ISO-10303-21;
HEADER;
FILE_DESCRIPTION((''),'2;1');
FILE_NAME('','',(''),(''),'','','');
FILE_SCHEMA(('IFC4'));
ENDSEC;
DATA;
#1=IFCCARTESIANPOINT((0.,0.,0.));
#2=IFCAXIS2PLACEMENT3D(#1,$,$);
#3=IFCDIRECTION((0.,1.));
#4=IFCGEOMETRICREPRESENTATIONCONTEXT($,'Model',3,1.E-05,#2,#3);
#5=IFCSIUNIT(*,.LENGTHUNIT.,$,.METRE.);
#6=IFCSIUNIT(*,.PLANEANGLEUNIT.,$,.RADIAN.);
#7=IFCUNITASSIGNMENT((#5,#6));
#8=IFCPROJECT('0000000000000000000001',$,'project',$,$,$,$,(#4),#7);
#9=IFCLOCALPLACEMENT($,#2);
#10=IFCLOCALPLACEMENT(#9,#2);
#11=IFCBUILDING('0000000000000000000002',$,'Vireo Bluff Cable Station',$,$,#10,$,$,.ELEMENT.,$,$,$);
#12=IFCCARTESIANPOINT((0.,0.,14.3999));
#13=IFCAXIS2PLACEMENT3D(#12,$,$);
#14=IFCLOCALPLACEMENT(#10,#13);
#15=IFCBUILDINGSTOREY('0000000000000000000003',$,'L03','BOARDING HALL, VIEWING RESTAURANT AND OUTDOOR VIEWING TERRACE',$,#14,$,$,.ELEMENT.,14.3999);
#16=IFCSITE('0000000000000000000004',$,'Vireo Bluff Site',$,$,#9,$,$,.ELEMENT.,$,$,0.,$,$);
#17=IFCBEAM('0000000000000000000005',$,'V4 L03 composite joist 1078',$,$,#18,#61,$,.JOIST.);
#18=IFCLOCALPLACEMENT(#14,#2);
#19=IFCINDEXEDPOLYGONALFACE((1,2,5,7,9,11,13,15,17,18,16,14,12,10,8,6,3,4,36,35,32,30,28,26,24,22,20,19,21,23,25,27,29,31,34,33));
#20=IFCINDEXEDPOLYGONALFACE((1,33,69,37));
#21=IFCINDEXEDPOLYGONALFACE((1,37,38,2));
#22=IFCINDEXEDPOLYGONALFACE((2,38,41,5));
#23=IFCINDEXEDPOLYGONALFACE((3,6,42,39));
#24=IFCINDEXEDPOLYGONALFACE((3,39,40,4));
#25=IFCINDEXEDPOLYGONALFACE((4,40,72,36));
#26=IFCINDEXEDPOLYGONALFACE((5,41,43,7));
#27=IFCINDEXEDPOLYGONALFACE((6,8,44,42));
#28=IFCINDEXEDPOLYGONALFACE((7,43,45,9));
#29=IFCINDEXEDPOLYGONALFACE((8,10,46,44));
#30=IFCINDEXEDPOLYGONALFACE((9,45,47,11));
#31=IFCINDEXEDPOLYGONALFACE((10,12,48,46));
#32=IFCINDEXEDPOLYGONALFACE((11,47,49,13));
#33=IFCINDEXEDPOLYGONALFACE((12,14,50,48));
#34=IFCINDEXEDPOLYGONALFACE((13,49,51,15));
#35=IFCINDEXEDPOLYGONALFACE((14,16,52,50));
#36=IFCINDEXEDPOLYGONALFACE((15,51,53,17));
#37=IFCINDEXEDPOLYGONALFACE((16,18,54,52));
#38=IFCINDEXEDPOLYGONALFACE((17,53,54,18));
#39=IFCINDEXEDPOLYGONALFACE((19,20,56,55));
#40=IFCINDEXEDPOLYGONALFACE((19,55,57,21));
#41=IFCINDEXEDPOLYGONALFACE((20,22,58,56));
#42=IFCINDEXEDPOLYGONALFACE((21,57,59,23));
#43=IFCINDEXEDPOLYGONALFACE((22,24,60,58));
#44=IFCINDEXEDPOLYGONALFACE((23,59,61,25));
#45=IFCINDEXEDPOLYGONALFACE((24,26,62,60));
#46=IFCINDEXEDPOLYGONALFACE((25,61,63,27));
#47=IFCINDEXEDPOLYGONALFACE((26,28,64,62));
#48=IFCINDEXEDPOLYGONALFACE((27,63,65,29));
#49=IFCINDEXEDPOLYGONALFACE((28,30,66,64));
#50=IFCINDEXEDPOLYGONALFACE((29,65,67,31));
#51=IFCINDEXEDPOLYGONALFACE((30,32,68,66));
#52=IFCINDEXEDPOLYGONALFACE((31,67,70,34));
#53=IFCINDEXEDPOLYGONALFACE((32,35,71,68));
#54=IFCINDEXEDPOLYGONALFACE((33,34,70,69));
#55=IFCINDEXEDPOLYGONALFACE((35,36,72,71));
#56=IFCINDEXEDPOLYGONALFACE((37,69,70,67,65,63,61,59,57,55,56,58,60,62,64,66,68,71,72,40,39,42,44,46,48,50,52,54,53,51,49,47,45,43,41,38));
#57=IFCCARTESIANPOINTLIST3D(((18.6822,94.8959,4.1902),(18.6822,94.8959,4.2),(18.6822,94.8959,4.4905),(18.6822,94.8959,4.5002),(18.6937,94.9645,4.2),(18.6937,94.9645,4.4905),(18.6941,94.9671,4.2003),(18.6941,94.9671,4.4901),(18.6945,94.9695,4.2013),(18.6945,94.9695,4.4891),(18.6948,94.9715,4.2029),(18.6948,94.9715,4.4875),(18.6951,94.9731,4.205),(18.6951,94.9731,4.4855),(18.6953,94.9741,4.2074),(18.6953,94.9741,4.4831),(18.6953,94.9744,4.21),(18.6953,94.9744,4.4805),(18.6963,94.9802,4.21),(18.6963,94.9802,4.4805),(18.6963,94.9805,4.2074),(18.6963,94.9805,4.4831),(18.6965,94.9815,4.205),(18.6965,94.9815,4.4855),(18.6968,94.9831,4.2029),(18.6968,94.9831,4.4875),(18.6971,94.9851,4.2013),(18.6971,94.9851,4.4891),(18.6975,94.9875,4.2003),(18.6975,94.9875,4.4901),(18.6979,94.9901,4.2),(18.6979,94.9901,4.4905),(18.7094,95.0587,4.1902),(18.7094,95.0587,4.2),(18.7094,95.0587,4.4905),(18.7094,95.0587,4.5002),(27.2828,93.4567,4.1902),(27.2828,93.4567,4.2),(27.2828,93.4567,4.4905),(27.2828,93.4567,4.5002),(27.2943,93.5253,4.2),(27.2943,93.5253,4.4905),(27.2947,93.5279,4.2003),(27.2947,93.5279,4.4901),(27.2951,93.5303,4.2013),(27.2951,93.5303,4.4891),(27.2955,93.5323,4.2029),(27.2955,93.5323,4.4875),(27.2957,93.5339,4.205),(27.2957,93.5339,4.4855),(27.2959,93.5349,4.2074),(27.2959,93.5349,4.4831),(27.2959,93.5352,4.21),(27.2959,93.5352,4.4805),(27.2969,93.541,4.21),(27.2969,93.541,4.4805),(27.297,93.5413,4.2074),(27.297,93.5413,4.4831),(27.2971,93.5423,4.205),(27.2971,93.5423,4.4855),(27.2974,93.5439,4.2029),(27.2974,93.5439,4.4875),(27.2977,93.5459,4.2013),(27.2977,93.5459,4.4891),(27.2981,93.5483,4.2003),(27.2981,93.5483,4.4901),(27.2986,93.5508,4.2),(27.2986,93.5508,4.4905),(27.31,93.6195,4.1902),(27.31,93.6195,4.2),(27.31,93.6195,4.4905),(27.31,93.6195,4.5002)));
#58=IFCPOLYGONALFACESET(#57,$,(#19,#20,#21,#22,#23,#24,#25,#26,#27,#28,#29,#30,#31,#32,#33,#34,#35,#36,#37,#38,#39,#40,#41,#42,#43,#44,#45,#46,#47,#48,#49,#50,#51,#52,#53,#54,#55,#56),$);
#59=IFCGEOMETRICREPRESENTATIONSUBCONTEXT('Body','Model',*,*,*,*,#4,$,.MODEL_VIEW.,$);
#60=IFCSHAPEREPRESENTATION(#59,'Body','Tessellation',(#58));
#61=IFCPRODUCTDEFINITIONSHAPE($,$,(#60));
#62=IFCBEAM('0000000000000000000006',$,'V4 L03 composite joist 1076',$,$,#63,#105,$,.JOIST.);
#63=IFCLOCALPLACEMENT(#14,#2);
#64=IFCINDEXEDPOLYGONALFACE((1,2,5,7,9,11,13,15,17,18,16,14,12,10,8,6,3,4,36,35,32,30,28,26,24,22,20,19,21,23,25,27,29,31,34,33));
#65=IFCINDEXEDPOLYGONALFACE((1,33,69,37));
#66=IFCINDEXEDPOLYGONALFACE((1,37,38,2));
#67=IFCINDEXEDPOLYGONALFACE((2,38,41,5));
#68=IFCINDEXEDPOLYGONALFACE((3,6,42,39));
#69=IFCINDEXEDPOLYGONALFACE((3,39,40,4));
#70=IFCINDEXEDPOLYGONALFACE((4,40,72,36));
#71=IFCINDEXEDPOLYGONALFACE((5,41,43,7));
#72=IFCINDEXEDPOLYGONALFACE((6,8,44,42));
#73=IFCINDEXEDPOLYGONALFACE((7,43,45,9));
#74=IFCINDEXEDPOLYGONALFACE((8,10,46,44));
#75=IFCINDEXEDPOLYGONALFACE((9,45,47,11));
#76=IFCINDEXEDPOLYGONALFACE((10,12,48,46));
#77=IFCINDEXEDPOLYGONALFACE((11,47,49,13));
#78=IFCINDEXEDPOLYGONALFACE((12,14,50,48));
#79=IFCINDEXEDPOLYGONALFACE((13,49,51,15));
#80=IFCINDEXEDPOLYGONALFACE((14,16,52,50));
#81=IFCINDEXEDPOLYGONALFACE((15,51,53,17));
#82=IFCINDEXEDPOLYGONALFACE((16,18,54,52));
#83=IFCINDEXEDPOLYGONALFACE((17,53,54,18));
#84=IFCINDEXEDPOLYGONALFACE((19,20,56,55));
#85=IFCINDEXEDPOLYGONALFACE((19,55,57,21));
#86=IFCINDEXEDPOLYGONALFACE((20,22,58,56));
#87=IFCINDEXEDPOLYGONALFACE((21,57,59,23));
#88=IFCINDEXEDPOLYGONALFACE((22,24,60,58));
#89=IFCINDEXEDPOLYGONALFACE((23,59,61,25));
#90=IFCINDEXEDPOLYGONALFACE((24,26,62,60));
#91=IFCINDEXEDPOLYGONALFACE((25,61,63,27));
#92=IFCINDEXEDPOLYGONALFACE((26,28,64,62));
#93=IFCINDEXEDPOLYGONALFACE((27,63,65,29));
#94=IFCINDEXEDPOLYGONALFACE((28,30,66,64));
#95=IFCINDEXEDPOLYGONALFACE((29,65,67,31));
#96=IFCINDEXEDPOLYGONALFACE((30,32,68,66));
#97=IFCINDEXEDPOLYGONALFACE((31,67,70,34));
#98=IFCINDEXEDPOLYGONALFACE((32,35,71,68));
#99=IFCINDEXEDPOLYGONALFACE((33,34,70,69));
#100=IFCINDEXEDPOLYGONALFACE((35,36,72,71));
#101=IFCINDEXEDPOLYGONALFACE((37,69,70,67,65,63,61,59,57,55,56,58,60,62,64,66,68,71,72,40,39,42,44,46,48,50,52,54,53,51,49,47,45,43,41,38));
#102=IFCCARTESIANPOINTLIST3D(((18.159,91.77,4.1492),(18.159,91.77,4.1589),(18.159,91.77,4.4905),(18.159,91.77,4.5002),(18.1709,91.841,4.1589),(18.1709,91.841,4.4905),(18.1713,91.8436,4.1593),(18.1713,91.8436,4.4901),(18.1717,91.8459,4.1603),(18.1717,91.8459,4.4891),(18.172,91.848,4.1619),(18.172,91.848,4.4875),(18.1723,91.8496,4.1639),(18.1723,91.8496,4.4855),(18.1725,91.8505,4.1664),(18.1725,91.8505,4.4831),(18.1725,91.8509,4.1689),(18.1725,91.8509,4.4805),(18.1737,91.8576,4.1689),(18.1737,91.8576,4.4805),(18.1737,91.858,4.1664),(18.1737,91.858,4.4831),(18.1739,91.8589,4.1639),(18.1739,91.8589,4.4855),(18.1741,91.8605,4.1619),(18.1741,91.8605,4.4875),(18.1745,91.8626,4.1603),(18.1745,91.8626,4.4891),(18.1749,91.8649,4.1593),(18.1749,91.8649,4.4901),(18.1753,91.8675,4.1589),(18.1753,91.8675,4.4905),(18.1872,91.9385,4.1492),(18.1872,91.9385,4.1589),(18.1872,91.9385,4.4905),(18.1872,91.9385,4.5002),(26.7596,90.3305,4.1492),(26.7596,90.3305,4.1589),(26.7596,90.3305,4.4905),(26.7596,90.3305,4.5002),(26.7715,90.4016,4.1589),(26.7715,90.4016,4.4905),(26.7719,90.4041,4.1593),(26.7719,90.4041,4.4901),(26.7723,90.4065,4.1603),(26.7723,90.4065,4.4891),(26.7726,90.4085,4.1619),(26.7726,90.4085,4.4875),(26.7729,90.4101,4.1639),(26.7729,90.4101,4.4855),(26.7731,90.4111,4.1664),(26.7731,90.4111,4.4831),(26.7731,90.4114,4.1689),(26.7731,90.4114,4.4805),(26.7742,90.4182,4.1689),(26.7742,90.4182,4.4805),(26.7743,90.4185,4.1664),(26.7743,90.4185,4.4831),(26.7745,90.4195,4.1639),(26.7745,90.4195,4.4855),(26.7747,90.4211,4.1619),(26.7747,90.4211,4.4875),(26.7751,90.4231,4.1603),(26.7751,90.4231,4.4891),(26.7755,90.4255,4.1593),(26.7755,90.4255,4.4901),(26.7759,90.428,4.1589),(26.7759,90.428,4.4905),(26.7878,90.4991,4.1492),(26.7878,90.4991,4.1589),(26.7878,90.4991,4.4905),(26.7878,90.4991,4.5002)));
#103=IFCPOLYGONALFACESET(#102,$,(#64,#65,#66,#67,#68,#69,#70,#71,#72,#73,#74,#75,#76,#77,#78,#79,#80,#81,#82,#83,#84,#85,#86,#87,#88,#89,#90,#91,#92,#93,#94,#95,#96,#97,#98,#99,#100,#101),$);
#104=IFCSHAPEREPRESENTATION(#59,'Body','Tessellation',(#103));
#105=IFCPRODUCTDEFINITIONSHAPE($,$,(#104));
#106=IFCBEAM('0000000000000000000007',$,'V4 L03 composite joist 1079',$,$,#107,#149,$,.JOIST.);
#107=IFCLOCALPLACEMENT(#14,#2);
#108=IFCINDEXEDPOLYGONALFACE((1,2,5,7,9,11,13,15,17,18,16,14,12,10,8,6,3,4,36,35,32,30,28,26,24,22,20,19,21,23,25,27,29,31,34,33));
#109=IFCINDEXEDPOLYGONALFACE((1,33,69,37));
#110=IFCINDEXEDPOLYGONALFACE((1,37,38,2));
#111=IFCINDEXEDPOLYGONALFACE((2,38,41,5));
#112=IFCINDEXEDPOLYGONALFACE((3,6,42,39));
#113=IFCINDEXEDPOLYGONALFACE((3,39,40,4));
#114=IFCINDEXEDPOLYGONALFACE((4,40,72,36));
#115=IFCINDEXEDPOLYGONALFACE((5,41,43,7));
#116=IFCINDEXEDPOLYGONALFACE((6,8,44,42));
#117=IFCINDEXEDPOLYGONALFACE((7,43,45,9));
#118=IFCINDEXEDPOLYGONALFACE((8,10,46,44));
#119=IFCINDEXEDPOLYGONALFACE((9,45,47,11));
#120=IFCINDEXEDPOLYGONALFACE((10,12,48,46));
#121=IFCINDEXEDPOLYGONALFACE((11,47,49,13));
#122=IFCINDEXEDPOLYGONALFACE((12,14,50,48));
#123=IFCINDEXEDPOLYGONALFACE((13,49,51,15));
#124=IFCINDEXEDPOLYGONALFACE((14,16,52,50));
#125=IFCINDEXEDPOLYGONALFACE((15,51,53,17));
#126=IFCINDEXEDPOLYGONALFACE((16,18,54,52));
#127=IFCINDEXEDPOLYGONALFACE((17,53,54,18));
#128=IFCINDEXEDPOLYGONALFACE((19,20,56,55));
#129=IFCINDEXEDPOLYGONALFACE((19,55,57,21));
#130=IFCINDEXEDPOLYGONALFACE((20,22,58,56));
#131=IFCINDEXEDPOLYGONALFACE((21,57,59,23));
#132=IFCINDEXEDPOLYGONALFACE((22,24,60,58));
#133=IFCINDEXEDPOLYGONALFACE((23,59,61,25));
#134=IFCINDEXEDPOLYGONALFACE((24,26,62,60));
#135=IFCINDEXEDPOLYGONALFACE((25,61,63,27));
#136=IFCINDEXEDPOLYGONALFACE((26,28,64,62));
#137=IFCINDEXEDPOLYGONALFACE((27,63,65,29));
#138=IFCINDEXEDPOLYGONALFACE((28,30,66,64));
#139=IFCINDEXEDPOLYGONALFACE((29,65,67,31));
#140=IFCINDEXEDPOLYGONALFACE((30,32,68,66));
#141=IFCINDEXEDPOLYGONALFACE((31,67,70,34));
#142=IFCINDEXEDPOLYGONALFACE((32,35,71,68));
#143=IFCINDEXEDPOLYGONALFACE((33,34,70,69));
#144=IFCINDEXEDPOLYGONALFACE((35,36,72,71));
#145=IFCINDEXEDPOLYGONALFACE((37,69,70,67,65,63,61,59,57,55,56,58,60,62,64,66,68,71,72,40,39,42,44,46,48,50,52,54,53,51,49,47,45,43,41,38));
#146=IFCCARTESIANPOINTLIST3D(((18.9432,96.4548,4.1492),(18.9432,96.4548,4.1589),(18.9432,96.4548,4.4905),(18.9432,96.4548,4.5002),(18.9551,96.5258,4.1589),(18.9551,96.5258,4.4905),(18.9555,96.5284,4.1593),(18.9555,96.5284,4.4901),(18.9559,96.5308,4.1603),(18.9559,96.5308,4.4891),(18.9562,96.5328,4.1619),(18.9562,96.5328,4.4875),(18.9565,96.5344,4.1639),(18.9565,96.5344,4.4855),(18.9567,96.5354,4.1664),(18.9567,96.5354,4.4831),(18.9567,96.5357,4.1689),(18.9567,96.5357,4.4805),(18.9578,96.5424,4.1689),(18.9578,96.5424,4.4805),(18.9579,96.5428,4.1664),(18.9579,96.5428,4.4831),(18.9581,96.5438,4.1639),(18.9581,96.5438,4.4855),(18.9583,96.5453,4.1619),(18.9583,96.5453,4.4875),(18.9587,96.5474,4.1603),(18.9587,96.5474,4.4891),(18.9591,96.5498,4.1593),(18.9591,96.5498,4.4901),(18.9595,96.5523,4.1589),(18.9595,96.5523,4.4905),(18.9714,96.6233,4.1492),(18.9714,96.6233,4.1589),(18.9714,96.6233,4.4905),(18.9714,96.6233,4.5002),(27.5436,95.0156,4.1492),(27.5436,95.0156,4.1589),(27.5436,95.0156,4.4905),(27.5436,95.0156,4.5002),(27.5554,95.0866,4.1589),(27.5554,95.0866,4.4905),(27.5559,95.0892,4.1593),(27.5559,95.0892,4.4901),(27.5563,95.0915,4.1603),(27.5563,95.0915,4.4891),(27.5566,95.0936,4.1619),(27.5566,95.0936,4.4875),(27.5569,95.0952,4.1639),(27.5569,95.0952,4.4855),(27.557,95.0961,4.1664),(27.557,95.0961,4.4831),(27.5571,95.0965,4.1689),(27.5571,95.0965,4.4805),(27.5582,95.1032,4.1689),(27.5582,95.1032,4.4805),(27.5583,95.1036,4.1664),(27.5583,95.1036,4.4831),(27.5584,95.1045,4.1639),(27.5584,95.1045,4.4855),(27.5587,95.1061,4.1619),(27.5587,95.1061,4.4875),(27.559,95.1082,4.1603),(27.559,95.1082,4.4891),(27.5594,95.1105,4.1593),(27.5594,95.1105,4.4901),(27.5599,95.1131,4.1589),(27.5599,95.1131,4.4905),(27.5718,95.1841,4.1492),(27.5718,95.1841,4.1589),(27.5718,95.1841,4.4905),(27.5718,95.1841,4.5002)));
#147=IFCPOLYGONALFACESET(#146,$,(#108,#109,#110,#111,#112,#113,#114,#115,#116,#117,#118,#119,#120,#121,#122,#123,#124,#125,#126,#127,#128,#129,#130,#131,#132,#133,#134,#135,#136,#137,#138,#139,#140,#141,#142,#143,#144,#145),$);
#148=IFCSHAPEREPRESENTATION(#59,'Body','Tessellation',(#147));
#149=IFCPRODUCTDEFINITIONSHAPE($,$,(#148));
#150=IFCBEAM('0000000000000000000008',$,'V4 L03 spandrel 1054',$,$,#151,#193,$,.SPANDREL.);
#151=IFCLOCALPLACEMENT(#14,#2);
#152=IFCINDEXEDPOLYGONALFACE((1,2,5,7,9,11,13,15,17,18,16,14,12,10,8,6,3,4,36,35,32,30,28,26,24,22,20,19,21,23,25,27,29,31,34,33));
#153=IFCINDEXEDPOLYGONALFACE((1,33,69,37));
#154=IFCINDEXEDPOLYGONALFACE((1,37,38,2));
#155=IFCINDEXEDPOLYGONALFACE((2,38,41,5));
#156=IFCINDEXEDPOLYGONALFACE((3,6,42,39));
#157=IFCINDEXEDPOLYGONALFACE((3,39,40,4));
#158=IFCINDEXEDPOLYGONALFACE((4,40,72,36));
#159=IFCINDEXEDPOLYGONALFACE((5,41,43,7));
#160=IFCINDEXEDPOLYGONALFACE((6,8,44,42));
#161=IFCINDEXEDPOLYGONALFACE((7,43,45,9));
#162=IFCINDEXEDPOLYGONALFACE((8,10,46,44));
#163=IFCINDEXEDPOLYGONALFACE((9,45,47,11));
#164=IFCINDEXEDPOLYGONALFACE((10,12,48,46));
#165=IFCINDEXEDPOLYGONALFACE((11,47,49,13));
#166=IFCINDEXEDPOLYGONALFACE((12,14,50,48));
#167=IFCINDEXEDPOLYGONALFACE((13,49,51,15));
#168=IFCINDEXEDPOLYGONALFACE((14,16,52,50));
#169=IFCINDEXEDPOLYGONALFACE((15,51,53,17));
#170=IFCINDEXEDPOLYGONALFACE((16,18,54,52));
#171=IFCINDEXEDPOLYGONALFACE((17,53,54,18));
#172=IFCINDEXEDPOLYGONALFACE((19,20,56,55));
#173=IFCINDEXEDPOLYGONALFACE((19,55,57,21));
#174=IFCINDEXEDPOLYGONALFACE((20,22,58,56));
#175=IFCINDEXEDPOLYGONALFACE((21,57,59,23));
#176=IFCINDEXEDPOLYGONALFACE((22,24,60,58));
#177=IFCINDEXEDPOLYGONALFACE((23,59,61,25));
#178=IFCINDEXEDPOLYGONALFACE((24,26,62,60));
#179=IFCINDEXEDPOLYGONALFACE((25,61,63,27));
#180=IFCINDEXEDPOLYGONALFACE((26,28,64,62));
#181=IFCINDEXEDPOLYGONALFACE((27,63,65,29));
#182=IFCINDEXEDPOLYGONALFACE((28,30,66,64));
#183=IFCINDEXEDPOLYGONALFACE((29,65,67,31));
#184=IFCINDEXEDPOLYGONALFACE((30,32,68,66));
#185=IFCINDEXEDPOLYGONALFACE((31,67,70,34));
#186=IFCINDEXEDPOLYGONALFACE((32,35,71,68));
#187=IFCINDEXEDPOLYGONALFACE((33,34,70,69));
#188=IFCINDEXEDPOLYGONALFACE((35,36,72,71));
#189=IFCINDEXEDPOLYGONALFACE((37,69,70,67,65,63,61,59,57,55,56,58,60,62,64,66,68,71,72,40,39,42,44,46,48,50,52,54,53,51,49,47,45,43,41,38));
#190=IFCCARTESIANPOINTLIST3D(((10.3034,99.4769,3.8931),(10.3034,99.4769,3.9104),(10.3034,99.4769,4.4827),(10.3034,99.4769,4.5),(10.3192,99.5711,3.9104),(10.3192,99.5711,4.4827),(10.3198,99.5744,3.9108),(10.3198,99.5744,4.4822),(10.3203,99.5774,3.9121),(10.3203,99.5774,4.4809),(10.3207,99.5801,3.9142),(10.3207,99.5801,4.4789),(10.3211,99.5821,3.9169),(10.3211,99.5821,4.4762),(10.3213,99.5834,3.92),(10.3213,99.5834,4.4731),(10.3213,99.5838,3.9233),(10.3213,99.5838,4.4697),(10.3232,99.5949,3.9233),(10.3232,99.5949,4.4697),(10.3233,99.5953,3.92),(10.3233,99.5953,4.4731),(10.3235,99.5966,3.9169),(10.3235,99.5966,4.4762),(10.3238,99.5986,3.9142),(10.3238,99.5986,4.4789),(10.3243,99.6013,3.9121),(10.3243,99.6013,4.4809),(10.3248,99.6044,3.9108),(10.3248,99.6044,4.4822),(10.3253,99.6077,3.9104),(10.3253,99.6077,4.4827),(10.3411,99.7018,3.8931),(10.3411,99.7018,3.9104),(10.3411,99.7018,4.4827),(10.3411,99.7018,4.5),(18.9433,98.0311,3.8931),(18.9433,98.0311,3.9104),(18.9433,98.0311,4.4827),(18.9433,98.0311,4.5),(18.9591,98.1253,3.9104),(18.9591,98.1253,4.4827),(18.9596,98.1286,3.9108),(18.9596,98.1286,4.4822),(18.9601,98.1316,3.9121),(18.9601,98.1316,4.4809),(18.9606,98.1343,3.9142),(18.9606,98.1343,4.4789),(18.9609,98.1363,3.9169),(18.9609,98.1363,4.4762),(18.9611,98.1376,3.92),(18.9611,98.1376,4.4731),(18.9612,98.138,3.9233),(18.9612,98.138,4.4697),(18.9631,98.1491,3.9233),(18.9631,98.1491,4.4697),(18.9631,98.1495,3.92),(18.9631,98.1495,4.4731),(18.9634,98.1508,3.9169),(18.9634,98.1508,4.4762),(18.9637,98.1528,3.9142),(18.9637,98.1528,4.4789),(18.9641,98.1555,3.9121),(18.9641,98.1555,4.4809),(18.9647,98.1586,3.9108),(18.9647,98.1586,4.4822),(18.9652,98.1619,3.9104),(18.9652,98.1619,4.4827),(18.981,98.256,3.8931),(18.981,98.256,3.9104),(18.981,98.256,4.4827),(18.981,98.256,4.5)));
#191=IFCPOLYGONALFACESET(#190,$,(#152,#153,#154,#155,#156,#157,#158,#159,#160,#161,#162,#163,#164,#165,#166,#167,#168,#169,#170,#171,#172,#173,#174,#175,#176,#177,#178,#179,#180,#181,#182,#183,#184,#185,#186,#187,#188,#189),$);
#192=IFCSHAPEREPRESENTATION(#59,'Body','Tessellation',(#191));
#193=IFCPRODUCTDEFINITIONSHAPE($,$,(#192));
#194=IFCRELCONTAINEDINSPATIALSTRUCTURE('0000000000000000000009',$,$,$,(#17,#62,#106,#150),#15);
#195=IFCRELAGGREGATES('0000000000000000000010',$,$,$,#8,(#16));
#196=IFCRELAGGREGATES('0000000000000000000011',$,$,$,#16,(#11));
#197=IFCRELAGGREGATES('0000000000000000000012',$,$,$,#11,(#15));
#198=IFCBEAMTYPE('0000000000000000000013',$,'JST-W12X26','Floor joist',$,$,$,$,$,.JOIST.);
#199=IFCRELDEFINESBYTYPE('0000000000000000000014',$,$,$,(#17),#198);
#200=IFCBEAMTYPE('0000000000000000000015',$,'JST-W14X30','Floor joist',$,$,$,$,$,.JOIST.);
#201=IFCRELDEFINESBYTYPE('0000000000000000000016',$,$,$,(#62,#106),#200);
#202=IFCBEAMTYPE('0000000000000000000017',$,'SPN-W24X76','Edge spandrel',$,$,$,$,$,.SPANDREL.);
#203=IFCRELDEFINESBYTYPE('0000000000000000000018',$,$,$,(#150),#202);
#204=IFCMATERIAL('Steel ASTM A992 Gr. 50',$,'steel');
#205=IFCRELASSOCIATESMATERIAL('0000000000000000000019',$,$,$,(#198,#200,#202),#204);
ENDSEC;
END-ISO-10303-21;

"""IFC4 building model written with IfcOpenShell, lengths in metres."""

from ifc_helpers import new_model, si_unit, direction, frame, origin, origin_2d, place, context, subcontext, project, spatial, i_section, extrude, material, material_profile, profile_set, type_object, element, save


model = new_model("IFC4")

# Units and contexts
model_context = context("Model", 3, precision=1e-05, world=origin(), true_north=direction((0.0, 1.0)))
body_context = subcontext(model_context, "Body", "Model", "MODEL_VIEW")
ifc_project = project(units=[si_unit("LENGTHUNIT", "METRE"), si_unit("PLANEANGLEUNIT", "RADIAN")], contexts=[model_context])

# Site, building, storey
site_placement = place(None, origin())
site = spatial("IfcSite", under=ifc_project, at=site_placement, Name="Vireo Bluff Site", CompositionType="ELEMENT", RefElevation=0.0)
building_placement = place(site_placement, origin())
building = spatial("IfcBuilding", under=site, at=building_placement, Name="Vireo Bluff Cable Station", CompositionType="ELEMENT")
storey_placement = place(building_placement, frame((0.0, 0.0, 14.3999)))
storey = spatial("IfcBuildingStorey", under=building, at=storey_placement, Name="L03", Description="BOARDING HALL, VIEWING RESTAURANT AND OUTDOOR VIEWING TERRACE", CompositionType="ELEMENT", Elevation=14.3999)

# Shared definitions
ifc_material_1 = material(Name="Steel ASTM A992 Gr. 50", Category="steel")

# Beams
ifc_material_profile_1 = material_profile(ifc_material_1, i_section(OverallWidth=0.165, OverallDepth=0.3101, WebThickness=0.0059, FlangeThickness=0.0098, FilletRadius=0.01, at=origin_2d()), Name="W12X26")
ifc_profile_set_1 = profile_set([ifc_material_profile_1], Name="Steel ASTM A992 Gr. 50")
beam_type_1 = type_object("IfcBeamType", Name="JST-W12X26", Description="Floor joist", PredefinedType="JOIST", material=ifc_profile_set_1)
beam_1_placement = place(storey_placement, frame((18.6958, 94.9773, 4.3452), z_axis=(0.986286, -0.165044, 0.0), x_axis=(0.165044, 0.986286, 0.0)))
element("IfcBeam", 1, at=beam_1_placement, inside=storey, type_object=beam_type_1, Name="V4 L03 composite joist 1078", PredefinedType="JOIST", context=body_context, shape_type="SweptSolid", body=[
    extrude(i_section(OverallWidth=0.165, OverallDepth=0.3101, WebThickness=0.0059, FlangeThickness=0.0098, FilletRadius=0.01, at=origin_2d()), origin(), (0.0, 0.0, 1.0), 8.7202),
])
ifc_material_profile_2 = material_profile(ifc_material_1, i_section(OverallWidth=0.1709, OverallDepth=0.3511, WebThickness=0.0068, FlangeThickness=0.0098, FilletRadius=0.01, at=origin_2d()), Name="W14X30")
ifc_profile_set_2 = profile_set([ifc_material_profile_2], Name="Steel ASTM A992 Gr. 50")
beam_type_2 = type_object("IfcBeamType", Name="JST-W14X30", Description="Floor joist", PredefinedType="JOIST", material=ifc_profile_set_2)
beam_2_placement = place(storey_placement, frame((18.1731, 91.8542, 4.3247), z_axis=(0.986282, -0.165071, 0.0), x_axis=(0.165071, 0.986282, 0.0)))
element("IfcBeam", 2, at=beam_2_placement, inside=storey, type_object=beam_type_2, Name="V4 L03 composite joist 1076", PredefinedType="JOIST", context=body_context, shape_type="SweptSolid", body=[
    extrude(i_section(OverallWidth=0.1709, OverallDepth=0.3511, WebThickness=0.0068, FlangeThickness=0.0098, FilletRadius=0.01, at=origin_2d()), origin(), (0.0, 0.0, 1.0), 8.7202),
])
beam_3_placement = place(storey_placement, frame((18.9573, 96.5391, 4.3247), z_axis=(0.986286, -0.165048, 0.0), x_axis=(0.165048, 0.986286, 0.0)))
element("IfcBeam", 3, at=beam_3_placement, inside=storey, type_object=beam_type_2, Name="V4 L03 composite joist 1079", PredefinedType="JOIST", context=body_context, shape_type="SweptSolid", body=[
    extrude(i_section(OverallWidth=0.1709, OverallDepth=0.3511, WebThickness=0.0068, FlangeThickness=0.0098, FilletRadius=0.01, at=origin_2d()), origin(), (0.0, 0.0, 1.0), 8.72),
])
ifc_material_profile_3 = material_profile(ifc_material_1, i_section(OverallWidth=0.228, OverallDepth=0.6069, WebThickness=0.0112, FlangeThickness=0.0173, FilletRadius=0.0129, at=origin_2d()), Name="W24X76")
ifc_profile_set_3 = profile_set([ifc_material_profile_3], Name="Steel ASTM A992 Gr. 50")
beam_type_3 = type_object("IfcBeamType", Name="SPN-W24X76", Description="Edge spandrel", PredefinedType="SPANDREL", material=ifc_profile_set_3)
beam_4_placement = place(storey_placement, frame((10.3223, 99.5894, 4.1965), z_axis=(0.986286, -0.165045, 0.0), x_axis=(0.165045, 0.986286, 0.0)))
element("IfcBeam", 4, at=beam_4_placement, inside=storey, type_object=beam_type_3, Name="V4 L03 spandrel 1054", PredefinedType="SPANDREL", context=body_context, shape_type="SweptSolid", body=[
    extrude(i_section(OverallWidth=0.228, OverallDepth=0.6069, WebThickness=0.0112, FlangeThickness=0.0173, FilletRadius=0.0129, at=origin_2d()), origin(), (0.0, 0.0, 1.0), 8.76),
])

save(model, "model.ifc")
